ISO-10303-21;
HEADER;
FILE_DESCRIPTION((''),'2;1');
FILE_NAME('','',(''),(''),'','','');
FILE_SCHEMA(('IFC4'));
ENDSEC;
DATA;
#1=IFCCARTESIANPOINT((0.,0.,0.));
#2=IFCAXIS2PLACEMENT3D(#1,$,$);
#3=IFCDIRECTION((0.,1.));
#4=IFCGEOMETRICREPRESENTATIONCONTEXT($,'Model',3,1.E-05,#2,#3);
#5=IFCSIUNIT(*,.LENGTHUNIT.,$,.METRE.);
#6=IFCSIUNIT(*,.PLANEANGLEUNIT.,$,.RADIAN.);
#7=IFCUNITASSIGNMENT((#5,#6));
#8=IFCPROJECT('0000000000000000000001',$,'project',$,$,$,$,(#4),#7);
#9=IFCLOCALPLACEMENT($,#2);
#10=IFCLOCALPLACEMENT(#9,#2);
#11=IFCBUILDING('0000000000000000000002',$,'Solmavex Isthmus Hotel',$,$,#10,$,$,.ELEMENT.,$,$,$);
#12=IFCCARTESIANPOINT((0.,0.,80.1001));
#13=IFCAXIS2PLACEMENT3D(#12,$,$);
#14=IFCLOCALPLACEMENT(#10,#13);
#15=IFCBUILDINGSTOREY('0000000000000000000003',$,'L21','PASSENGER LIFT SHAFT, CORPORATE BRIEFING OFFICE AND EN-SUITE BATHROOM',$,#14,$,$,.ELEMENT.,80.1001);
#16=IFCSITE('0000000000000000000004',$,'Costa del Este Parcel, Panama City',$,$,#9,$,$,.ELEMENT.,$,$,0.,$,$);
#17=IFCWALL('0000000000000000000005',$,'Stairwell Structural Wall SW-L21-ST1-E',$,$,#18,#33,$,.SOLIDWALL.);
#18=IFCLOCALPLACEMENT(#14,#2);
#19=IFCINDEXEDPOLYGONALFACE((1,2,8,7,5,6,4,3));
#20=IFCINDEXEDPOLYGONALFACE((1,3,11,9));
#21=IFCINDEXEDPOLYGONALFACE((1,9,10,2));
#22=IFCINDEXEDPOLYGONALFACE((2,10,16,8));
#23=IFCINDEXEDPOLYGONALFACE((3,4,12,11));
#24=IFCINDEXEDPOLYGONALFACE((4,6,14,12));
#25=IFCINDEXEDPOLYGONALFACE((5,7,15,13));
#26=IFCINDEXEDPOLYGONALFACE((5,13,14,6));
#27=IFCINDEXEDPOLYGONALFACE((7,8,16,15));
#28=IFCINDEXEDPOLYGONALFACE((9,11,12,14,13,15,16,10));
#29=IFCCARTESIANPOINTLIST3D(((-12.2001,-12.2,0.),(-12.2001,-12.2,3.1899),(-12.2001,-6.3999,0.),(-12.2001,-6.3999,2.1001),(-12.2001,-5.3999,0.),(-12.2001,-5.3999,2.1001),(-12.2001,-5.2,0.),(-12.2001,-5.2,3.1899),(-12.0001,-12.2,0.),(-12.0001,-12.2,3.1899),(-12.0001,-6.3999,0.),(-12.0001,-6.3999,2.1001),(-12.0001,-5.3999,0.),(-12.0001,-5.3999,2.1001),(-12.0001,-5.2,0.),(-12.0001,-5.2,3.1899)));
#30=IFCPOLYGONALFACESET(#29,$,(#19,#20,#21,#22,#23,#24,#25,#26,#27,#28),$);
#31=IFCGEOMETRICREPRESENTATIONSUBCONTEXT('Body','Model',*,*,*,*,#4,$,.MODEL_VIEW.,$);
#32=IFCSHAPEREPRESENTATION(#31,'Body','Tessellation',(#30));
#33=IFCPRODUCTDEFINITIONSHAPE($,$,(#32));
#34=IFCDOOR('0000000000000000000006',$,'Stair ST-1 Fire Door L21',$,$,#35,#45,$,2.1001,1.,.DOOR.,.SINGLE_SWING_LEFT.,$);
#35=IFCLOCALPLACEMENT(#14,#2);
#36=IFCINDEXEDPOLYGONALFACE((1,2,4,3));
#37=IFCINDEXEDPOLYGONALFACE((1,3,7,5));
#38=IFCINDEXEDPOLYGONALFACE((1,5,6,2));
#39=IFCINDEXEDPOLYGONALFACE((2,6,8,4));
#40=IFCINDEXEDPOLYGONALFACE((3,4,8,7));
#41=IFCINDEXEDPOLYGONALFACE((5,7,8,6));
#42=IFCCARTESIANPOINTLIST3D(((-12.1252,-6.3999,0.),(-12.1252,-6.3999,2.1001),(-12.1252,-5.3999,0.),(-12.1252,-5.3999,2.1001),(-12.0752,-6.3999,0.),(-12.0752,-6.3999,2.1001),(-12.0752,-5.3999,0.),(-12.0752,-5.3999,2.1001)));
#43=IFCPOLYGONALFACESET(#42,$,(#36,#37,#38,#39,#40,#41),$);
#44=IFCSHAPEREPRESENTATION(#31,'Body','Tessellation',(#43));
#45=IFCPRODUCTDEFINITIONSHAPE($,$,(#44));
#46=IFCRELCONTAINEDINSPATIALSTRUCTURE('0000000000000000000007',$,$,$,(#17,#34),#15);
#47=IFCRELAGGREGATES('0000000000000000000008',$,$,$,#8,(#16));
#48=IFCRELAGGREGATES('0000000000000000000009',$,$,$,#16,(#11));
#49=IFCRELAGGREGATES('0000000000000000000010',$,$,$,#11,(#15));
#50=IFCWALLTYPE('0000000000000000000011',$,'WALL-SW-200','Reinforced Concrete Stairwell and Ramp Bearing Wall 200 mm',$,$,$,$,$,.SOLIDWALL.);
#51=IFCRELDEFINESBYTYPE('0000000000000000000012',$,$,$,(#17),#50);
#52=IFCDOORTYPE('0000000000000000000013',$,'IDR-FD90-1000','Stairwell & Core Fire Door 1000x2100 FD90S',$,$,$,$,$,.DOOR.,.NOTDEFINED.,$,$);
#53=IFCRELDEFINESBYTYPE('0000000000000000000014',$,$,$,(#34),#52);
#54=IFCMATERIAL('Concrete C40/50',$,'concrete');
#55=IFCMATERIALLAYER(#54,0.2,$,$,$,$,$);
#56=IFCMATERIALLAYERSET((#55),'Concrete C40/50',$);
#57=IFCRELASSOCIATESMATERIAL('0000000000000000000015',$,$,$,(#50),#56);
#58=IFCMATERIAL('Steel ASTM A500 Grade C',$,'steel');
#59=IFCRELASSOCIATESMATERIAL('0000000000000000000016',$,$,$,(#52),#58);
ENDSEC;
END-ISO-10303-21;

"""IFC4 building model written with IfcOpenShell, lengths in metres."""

from ifc_helpers import new_model, si_unit, direction, frame, frame_2d, origin, place, context, subcontext, project, spatial, rectangle, extrude, material, layer, layer_set, type_object, element, fill, save


model = new_model("IFC4")

# Units and contexts
model_context = context("Model", 3, precision=1e-05, world=origin(), true_north=direction((0.0, 1.0)))
body_context = subcontext(model_context, "Body", "Model", "MODEL_VIEW")
ifc_project = project(units=[si_unit("LENGTHUNIT", "METRE"), si_unit("PLANEANGLEUNIT", "RADIAN")], contexts=[model_context])

# Site, building, storey
site_placement = place(None, origin())
site = spatial("IfcSite", under=ifc_project, at=site_placement, Name="Costa del Este Parcel, Panama City", CompositionType="ELEMENT", RefElevation=0.0)
building_placement = place(site_placement, origin())
building = spatial("IfcBuilding", under=site, at=building_placement, Name="Solmavex Isthmus Hotel", CompositionType="ELEMENT")
storey_placement = place(building_placement, frame((0.0, 0.0, 80.1001)))
storey = spatial("IfcBuildingStorey", under=building, at=storey_placement, Name="L21", Description="PASSENGER LIFT SHAFT, CORPORATE BRIEFING OFFICE AND EN-SUITE BATHROOM", CompositionType="ELEMENT", Elevation=80.1001)

# Shared definitions
ifc_material_1 = material(Name="Steel ASTM A500 Grade C", Category="steel")

# Shared definitions
ifc_material_2 = material(Name="Concrete C40/50", Category="concrete")

# Wall, opening, door
ifc_layer_1 = layer(ifc_material_2, 0.2)
ifc_layer_set_1 = layer_set([ifc_layer_1], Name="Concrete C40/50")
wall_type_1 = type_object("IfcWallType", Name="WALL-SW-200", Description="Reinforced Concrete Stairwell and Ramp Bearing Wall 200 mm", PredefinedType="SOLIDWALL", material=ifc_layer_set_1)
wall_1_placement = place(storey_placement, frame((-12.1001, -12.2, 0.0), z_axis=(0.0, 0.0, 1.0), x_axis=(0.0, 1.0, 0.0)))
wall_1 = element("IfcWall", 1, at=wall_1_placement, inside=storey, type_object=wall_type_1, Name="Stairwell Structural Wall SW-L21-ST1-E", PredefinedType="SOLIDWALL", context=body_context, shape_type="SweptSolid", body=[
    extrude(rectangle(XDim=7.0, YDim=0.2, at=frame_2d((3.5, 0.0))), origin(), (0.0, 0.0, 1.0), 3.1899),
])
opening_1_placement = place(wall_1_placement, frame((5.8, 0.0, 0.0)))
opening_1 = element("IfcOpeningElement", 2, at=opening_1_placement, cuts=wall_1, PredefinedType="OPENING", context=body_context, shape_type="SweptSolid", body=[
    extrude(rectangle(XDim=1.0, YDim=2.1001, at=frame_2d((0.5, 1.05))), frame((0.0, 0.1099, 0.0), z_axis=(0.0, -1.0, 0.0), x_axis=(1.0, 0.0, 0.0)), (0.0, 0.0, 1.0), 0.22),
])
door_type_1 = type_object("IfcDoorType", Name="IDR-FD90-1000", Description="Stairwell & Core Fire Door 1000x2100 FD90S", OperationType="NOTDEFINED", PredefinedType="DOOR", material=ifc_material_1)
door_1_placement = place(opening_1_placement, frame((1.0, 0.0, 0.0), z_axis=(0.0, 0.0, 1.0), x_axis=(-1.0, 0.0, 0.0)))
door_1 = element("IfcDoor", 3, at=door_1_placement, inside=storey, type_object=door_type_1, Name="Stair ST-1 Fire Door L21", OperationType="SINGLE_SWING_LEFT", OverallHeight=2.1001, OverallWidth=1.0, PredefinedType="DOOR", context=body_context, shape_type="SweptSolid", body=[
    extrude(rectangle(XDim=1.0, YDim=2.1001, at=frame_2d((0.5, 1.05))), frame((0.0, 0.0249, 0.0), z_axis=(0.0, -1.0, 0.0), x_axis=(1.0, 0.0, 0.0)), (0.0, 0.0, 1.0), 0.05),
])
fill(opening_1, door_1)

save(model, "model.ifc")
